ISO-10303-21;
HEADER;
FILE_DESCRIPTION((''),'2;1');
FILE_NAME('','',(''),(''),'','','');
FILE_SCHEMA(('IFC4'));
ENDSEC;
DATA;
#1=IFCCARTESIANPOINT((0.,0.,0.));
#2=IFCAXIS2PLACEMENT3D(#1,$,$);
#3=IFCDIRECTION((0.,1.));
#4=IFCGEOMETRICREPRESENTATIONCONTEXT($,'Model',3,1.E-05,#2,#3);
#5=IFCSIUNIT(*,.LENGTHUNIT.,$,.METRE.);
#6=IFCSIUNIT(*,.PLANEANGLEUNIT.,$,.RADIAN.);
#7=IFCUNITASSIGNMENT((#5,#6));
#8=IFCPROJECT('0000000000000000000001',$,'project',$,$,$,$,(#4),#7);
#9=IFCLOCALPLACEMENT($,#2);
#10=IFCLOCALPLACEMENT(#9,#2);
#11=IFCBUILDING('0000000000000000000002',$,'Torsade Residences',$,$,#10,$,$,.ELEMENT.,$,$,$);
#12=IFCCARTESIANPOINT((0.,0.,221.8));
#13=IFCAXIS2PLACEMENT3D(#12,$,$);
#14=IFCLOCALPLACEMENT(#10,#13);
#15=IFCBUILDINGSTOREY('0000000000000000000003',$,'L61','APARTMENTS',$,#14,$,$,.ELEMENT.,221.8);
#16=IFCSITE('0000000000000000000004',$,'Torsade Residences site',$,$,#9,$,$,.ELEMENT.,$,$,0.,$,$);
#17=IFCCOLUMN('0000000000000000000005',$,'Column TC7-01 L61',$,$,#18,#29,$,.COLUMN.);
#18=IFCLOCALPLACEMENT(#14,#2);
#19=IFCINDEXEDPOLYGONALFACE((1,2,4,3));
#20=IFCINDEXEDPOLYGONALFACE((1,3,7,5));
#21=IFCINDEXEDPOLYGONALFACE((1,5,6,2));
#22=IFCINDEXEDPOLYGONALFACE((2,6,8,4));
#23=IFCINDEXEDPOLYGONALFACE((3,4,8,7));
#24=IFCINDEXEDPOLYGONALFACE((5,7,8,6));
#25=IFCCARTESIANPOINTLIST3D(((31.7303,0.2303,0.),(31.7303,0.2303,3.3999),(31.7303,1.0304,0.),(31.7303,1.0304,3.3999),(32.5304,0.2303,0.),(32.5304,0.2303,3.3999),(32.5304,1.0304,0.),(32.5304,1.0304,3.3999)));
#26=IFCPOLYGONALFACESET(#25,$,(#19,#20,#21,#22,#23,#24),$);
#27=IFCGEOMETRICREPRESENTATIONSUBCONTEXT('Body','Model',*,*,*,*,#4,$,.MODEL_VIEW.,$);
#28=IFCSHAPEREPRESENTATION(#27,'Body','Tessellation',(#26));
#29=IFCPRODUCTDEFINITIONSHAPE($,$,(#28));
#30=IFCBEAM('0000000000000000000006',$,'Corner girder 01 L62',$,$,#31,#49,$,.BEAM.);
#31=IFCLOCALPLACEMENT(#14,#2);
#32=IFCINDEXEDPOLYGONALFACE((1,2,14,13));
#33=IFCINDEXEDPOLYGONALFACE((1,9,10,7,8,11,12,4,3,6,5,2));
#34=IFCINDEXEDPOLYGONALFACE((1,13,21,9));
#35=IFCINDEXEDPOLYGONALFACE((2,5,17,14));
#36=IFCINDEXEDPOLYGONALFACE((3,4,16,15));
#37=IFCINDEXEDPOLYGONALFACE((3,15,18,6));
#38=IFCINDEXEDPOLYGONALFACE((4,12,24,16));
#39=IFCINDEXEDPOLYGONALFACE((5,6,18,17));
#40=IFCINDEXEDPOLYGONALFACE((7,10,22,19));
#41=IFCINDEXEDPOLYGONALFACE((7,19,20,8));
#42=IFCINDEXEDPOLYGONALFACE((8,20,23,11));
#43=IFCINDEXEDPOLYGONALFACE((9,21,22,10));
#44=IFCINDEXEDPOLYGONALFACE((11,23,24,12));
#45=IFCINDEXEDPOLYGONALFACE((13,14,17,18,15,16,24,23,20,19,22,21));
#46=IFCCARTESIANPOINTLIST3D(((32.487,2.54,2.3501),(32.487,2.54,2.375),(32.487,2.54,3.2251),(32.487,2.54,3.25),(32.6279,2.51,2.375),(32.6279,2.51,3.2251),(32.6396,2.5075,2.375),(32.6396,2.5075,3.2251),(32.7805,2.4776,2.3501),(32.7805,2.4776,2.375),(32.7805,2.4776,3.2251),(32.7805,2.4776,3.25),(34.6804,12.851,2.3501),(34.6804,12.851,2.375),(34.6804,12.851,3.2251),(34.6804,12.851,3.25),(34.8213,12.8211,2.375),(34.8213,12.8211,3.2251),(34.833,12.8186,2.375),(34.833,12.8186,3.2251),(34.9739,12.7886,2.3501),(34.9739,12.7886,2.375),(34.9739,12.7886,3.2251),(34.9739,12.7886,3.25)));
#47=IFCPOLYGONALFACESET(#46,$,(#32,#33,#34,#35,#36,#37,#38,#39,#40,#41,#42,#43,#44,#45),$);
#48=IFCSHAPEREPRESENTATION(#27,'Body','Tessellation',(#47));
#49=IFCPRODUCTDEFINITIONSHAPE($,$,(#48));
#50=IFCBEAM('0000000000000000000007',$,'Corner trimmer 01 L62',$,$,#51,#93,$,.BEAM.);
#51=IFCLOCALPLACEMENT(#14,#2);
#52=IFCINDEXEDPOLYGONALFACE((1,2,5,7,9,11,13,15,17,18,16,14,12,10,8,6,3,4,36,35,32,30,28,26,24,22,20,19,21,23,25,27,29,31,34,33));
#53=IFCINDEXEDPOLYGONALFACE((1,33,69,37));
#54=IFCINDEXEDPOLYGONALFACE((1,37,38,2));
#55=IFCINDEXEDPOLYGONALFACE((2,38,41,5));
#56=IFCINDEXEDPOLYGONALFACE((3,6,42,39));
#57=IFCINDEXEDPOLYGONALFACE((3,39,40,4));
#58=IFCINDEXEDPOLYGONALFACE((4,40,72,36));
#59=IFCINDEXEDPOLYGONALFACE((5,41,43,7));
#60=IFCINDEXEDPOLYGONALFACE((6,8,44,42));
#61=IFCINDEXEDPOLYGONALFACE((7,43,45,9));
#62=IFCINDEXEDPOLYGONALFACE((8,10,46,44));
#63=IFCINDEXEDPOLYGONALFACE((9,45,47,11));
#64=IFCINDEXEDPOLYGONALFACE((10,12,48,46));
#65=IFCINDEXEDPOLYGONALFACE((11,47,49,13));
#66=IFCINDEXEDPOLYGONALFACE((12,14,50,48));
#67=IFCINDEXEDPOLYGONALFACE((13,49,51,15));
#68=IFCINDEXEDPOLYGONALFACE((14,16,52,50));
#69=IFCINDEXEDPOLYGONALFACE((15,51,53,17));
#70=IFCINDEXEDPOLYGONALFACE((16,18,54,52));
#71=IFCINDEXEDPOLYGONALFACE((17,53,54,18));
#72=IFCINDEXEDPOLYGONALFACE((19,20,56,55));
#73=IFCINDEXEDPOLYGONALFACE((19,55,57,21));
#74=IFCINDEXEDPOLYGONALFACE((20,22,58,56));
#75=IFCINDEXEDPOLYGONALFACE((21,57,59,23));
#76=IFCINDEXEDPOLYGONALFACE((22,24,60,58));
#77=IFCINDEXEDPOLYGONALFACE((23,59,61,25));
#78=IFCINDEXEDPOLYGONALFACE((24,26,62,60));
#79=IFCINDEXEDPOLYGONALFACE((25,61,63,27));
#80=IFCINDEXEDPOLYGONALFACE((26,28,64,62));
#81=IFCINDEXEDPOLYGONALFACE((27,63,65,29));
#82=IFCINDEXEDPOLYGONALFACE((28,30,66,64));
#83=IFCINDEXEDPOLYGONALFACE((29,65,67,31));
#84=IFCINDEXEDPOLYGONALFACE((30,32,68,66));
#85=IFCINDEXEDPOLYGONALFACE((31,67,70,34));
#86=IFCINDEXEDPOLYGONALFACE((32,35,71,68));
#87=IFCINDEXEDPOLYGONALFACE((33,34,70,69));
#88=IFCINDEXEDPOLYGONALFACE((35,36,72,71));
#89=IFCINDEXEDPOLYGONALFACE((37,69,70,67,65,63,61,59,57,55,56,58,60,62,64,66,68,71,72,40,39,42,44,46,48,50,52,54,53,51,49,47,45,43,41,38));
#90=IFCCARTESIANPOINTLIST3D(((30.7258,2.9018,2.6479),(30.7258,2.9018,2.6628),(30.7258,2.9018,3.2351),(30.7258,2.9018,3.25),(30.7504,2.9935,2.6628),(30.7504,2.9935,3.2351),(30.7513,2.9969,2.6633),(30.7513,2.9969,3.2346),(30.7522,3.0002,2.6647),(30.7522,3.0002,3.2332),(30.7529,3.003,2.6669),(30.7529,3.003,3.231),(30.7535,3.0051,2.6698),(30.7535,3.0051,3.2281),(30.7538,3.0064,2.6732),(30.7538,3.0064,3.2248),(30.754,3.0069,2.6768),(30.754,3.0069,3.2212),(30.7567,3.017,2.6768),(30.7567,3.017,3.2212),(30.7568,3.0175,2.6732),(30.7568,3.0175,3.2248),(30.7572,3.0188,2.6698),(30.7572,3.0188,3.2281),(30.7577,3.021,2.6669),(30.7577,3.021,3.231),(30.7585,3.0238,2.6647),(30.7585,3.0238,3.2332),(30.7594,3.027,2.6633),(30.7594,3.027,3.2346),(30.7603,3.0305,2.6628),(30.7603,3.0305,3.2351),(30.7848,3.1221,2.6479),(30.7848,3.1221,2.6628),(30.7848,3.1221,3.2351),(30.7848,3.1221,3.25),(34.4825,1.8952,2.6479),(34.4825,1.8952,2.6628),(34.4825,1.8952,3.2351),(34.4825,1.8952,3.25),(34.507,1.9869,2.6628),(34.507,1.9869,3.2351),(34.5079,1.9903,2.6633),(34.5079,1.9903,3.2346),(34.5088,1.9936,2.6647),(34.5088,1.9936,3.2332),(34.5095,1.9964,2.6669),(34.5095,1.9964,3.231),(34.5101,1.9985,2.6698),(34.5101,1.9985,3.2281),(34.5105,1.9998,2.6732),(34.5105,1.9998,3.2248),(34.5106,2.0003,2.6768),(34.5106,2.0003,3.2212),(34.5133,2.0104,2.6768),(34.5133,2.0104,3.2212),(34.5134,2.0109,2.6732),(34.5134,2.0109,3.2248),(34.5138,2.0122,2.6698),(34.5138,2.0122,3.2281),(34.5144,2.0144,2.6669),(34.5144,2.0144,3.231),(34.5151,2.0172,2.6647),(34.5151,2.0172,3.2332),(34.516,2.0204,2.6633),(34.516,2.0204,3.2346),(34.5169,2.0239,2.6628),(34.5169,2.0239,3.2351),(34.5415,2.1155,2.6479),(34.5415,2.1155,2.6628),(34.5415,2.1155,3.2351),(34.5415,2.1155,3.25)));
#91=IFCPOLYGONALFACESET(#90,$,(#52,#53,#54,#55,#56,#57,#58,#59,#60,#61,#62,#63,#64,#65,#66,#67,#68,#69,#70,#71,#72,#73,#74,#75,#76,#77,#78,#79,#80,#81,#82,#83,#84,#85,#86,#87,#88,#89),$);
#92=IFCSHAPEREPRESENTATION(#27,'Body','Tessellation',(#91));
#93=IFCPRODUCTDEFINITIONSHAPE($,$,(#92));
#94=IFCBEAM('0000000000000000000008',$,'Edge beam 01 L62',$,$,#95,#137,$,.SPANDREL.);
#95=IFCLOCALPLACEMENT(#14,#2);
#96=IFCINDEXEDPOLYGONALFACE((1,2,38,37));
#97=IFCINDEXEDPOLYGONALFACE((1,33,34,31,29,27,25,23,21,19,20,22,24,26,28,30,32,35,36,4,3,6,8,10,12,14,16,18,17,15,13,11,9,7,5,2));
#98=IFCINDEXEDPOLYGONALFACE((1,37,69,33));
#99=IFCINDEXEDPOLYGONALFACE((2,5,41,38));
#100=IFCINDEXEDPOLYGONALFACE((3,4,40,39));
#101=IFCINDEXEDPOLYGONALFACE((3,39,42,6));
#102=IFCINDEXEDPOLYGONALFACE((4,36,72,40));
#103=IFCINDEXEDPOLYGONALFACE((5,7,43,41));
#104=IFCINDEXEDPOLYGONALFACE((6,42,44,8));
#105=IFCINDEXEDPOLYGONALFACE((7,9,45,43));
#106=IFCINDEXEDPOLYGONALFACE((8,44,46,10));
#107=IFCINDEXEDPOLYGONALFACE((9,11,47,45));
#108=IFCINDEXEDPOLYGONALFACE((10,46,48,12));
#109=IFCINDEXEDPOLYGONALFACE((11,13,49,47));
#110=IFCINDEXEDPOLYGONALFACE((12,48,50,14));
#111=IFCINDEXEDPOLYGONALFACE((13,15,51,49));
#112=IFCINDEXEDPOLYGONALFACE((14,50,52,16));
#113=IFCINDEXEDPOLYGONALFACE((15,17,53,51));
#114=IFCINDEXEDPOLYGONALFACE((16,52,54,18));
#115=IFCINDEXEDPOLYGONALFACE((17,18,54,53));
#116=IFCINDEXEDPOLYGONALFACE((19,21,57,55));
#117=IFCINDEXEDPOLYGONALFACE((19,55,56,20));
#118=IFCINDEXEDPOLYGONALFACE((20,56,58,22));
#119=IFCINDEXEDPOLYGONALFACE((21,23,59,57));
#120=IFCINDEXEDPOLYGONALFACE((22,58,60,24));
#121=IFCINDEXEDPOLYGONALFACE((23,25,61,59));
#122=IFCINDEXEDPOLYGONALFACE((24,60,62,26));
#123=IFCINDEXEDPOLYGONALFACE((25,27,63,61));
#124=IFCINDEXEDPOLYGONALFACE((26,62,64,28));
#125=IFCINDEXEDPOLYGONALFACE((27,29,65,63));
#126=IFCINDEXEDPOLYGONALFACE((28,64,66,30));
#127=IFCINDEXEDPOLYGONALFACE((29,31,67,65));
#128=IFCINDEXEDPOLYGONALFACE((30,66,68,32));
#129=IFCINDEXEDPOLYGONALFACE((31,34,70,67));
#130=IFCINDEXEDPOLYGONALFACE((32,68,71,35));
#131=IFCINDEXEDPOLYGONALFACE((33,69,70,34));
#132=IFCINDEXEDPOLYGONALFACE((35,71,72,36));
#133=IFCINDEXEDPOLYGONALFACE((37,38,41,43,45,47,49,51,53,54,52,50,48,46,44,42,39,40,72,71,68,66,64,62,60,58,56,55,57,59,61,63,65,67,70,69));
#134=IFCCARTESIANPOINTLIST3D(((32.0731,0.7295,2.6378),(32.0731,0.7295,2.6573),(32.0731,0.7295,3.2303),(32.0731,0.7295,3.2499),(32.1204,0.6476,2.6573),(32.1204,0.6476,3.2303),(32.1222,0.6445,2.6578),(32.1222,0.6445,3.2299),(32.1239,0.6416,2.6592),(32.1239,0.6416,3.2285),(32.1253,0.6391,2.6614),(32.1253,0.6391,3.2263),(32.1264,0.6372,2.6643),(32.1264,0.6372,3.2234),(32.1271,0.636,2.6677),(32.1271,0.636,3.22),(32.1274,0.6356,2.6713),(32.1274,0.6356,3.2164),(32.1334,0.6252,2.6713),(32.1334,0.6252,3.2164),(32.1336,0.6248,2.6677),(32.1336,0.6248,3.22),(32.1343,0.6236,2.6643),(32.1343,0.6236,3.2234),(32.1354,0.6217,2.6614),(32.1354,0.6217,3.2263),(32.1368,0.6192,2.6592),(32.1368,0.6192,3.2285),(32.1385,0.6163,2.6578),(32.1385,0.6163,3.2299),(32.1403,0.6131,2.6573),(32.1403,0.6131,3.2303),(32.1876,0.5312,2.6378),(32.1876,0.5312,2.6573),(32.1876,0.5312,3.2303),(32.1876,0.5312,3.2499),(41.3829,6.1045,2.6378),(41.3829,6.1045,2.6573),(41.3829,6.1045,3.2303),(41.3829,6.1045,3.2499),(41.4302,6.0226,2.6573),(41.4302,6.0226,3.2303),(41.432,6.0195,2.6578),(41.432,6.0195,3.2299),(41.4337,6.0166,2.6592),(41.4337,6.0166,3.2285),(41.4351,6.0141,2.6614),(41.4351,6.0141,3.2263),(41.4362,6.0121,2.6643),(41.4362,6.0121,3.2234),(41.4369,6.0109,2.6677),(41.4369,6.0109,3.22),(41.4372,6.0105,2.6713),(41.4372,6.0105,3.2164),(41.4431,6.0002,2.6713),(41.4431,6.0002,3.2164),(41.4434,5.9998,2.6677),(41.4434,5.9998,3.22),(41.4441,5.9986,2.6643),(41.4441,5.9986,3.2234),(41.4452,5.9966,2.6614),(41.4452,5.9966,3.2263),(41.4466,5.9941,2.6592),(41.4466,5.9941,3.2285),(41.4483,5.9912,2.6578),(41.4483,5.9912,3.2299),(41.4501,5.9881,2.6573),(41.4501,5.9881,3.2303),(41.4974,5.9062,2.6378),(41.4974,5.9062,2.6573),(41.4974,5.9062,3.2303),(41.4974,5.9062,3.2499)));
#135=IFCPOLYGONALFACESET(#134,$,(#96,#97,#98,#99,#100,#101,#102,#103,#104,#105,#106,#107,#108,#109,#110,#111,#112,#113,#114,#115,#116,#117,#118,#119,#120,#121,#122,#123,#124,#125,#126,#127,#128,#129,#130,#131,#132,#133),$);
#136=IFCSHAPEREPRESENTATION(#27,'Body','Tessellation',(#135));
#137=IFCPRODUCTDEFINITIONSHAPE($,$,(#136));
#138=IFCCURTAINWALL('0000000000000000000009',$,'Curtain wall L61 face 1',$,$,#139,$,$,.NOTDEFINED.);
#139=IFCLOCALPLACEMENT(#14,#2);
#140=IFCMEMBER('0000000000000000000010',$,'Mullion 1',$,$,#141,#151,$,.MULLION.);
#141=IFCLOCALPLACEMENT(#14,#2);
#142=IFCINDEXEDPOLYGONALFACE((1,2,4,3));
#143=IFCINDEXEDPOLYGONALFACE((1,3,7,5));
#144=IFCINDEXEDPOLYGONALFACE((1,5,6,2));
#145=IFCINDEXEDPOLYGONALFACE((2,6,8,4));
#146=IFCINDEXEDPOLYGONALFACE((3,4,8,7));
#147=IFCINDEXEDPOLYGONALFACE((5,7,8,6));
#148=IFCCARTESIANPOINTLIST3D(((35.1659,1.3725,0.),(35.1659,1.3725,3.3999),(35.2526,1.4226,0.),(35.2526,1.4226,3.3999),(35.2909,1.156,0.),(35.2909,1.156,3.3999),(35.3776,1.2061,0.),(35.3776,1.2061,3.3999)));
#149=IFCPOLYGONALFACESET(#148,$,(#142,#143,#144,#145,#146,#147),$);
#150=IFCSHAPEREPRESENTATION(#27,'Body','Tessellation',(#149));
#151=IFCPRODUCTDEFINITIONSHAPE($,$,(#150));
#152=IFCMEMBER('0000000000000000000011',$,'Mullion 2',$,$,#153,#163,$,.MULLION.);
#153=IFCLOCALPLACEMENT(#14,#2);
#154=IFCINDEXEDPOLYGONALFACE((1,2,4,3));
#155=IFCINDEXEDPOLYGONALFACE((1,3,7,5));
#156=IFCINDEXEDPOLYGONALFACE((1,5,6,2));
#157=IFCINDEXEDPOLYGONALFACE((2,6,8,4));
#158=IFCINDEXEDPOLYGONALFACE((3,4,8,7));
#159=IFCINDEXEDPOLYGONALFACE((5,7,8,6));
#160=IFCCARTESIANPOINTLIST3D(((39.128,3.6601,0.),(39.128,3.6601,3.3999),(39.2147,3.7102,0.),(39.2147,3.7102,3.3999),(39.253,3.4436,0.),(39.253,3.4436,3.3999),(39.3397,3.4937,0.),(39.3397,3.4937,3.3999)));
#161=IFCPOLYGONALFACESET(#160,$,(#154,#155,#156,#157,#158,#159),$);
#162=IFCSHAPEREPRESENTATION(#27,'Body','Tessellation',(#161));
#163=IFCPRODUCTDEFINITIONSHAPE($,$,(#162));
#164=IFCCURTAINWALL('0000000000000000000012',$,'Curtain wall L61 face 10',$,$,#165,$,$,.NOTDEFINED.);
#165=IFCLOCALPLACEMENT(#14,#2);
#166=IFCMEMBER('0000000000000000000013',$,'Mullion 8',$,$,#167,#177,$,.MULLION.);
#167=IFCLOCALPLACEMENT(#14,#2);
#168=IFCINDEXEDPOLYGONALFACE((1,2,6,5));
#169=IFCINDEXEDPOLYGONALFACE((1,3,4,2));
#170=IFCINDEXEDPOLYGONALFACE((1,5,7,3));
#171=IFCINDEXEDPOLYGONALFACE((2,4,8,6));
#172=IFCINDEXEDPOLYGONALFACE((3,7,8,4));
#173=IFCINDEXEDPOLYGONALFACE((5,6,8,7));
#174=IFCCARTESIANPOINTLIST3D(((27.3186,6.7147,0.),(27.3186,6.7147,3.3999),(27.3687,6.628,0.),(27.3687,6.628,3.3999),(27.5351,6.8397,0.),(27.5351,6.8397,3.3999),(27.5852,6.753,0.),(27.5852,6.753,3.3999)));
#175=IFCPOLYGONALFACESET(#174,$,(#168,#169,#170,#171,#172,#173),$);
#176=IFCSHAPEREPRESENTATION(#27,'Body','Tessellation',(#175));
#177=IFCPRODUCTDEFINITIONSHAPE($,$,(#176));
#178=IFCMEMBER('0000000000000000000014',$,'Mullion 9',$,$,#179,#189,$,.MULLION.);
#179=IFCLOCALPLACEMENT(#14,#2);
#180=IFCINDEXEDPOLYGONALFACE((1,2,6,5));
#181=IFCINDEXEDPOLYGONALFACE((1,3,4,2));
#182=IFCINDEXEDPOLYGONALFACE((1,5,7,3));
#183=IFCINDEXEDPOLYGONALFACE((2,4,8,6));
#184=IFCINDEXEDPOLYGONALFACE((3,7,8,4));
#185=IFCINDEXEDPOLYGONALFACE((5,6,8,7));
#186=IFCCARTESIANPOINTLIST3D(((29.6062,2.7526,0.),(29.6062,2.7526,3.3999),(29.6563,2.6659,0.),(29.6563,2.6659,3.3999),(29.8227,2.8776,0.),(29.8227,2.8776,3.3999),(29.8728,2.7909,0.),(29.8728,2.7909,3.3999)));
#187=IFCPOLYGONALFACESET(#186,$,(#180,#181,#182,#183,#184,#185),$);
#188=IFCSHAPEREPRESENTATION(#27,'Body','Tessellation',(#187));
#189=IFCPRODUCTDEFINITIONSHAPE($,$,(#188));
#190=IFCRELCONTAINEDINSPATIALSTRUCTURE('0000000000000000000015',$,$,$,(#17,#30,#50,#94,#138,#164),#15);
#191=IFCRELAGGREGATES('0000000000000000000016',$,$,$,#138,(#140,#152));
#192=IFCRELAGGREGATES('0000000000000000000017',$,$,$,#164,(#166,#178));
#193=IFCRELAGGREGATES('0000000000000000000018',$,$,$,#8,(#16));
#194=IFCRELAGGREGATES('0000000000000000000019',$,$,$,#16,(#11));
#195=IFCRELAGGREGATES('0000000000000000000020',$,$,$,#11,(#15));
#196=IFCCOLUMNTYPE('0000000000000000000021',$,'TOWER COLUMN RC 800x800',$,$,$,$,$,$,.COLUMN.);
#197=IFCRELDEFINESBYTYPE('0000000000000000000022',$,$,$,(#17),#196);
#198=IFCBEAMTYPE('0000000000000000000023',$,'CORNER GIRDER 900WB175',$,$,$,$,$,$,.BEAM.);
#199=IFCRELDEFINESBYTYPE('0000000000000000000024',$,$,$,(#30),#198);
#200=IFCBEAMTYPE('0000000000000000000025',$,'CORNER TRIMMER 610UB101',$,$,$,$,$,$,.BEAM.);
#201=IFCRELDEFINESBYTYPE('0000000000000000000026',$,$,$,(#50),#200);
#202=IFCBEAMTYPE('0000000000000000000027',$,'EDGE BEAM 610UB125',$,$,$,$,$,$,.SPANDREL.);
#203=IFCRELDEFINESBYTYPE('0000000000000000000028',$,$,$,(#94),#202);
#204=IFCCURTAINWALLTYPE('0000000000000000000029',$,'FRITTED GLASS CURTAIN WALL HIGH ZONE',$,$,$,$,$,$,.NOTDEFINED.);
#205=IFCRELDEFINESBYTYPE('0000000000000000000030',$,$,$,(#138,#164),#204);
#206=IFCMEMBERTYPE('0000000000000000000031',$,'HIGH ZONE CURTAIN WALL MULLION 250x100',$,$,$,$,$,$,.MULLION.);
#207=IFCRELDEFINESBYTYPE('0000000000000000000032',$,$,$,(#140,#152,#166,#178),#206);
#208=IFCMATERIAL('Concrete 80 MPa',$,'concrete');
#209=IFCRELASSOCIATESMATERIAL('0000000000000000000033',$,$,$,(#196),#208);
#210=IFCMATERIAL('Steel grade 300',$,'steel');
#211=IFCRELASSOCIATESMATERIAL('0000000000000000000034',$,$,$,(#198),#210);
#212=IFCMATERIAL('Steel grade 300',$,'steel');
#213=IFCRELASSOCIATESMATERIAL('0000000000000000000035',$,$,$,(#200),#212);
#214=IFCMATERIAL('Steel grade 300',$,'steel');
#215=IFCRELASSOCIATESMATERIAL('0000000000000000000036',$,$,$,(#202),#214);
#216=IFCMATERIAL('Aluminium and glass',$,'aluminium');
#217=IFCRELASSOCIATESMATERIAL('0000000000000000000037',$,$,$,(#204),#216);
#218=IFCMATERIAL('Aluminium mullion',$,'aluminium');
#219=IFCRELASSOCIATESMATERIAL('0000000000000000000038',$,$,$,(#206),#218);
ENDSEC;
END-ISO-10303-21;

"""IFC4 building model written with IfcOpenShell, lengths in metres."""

from ifc_helpers import new_model, si_unit, direction, frame, origin, origin_2d, place, context, subcontext, project, spatial, rectangle, i_section, extrude, material, material_profile, profile_set, type_object, element, aggregate, save


model = new_model("IFC4")

# Units and contexts
model_context = context("Model", 3, precision=1e-05, world=origin(), true_north=direction((0.0, 1.0)))
body_context = subcontext(model_context, "Body", "Model", "MODEL_VIEW")
ifc_project = project(units=[si_unit("LENGTHUNIT", "METRE"), si_unit("PLANEANGLEUNIT", "RADIAN")], contexts=[model_context])

# Site, building, storey
site_placement = place(None, origin())
site = spatial("IfcSite", under=ifc_project, at=site_placement, Name="Torsade Residences site", CompositionType="ELEMENT", RefElevation=0.0)
building_placement = place(site_placement, origin())
building = spatial("IfcBuilding", under=site, at=building_placement, Name="Torsade Residences", CompositionType="ELEMENT")
storey_placement = place(building_placement, frame((0.0, 0.0, 221.8)))
storey = spatial("IfcBuildingStorey", under=building, at=storey_placement, Name="L61", Description="APARTMENTS", CompositionType="ELEMENT", Elevation=221.8)

# Column
ifc_material_1 = material(Name="Concrete 80 MPa", Category="concrete")
ifc_material_profile_1 = material_profile(ifc_material_1, rectangle(XDim=0.8, YDim=0.8, at=origin_2d()), Name="RC 800x800")
ifc_profile_set_1 = profile_set([ifc_material_profile_1], Name="Concrete 80 MPa")
column_type = type_object("IfcColumnType", Name="TOWER COLUMN RC 800x800", PredefinedType="COLUMN", material=ifc_profile_set_1)
column_placement = place(storey_placement, frame((32.1304, 0.6304, 0.0), z_axis=(0.0, 0.0, 1.0), x_axis=(1.0, 0.0, 0.0)))
element("IfcColumn", 1, at=column_placement, inside=storey, type_object=column_type, Name="Column TC7-01 L61", PredefinedType="COLUMN", context=body_context, shape_type="SweptSolid", body=[
    extrude(rectangle(XDim=0.8, YDim=0.8, at=origin_2d()), origin(), (0.0, 0.0, 1.0), 3.3999),
])

# Beams
ifc_material_2 = material(Name="Steel grade 300", Category="steel")
ifc_material_profile_2 = material_profile(ifc_material_2, i_section(OverallWidth=0.3, OverallDepth=0.8999, WebThickness=0.012, FlangeThickness=0.0249, at=origin_2d()), Name="900WB175")
ifc_profile_set_2 = profile_set([ifc_material_profile_2], Name="Steel grade 300")
beam_type_1 = type_object("IfcBeamType", Name="CORNER GIRDER 900WB175", PredefinedType="BEAM", material=ifc_profile_set_2)
beam_1_placement = place(storey_placement, frame((32.6338, 2.5088, 2.8), z_axis=(0.208064, 0.978115, 0.0), x_axis=(-0.978115, 0.208064, 0.0)))
element("IfcBeam", 2, at=beam_1_placement, inside=storey, type_object=beam_type_1, Name="Corner girder 01 L62", PredefinedType="BEAM", context=body_context, shape_type="SweptSolid", body=[
    extrude(i_section(OverallWidth=0.3, OverallDepth=0.8999, WebThickness=0.012, FlangeThickness=0.0249, at=origin_2d()), origin(), (0.0, 0.0, 1.0), 10.5417),
])
ifc_material_3 = material(Name="Steel grade 300", Category="steel")
ifc_material_profile_3 = material_profile(ifc_material_3, i_section(OverallWidth=0.228, OverallDepth=0.6021, WebThickness=0.0105, FlangeThickness=0.0149, FilletRadius=0.0139, at=origin_2d()), Name="610UB101")
ifc_profile_set_3 = profile_set([ifc_material_profile_3], Name="Steel grade 300")
beam_type_2 = type_object("IfcBeamType", Name="CORNER TRIMMER 610UB101", PredefinedType="BEAM", material=ifc_profile_set_3)
beam_2_placement = place(storey_placement, frame((34.512, 2.0054, 2.949), z_axis=(-0.965925, 0.258823, 0.0), x_axis=(-0.258823, -0.965925, 0.0)))
element("IfcBeam", 3, at=beam_2_placement, inside=storey, type_object=beam_type_2, Name="Corner trimmer 01 L62", PredefinedType="BEAM", context=body_context, shape_type="SweptSolid", body=[
    extrude(i_section(OverallWidth=0.228, OverallDepth=0.6021, WebThickness=0.0105, FlangeThickness=0.0149, FilletRadius=0.0139, at=origin_2d()), origin(), (0.0, 0.0, 1.0), 3.8892),
])
ifc_material_4 = material(Name="Steel grade 300", Category="steel")
ifc_material_profile_4 = material_profile(ifc_material_4, i_section(OverallWidth=0.229, OverallDepth=0.6121, WebThickness=0.012, FlangeThickness=0.0195, FilletRadius=0.0139, at=origin_2d()), Name="610UB125")
ifc_profile_set_4 = profile_set([ifc_material_profile_4], Name="Steel grade 300")
beam_type_3 = type_object("IfcBeamType", Name="EDGE BEAM 610UB125", PredefinedType="SPANDREL", material=ifc_profile_set_4)
beam_3_placement = place(storey_placement, frame((32.1304, 0.6304, 2.9438), z_axis=(0.866026, 0.499998, 0.0), x_axis=(-0.499998, 0.866026, 0.0)))
element("IfcBeam", 4, at=beam_3_placement, inside=storey, type_object=beam_type_3, Name="Edge beam 01 L62", PredefinedType="SPANDREL", context=body_context, shape_type="SweptSolid", body=[
    extrude(i_section(OverallWidth=0.229, OverallDepth=0.6121, WebThickness=0.012, FlangeThickness=0.0195, FilletRadius=0.0139, at=origin_2d()), origin(), (0.0, 0.0, 1.0), 10.75),
])

# Curtain walls, members
ifc_material_5 = material(Name="Aluminium and glass", Category="aluminium")
curtain_wall_type = type_object("IfcCurtainWallType", Name="FRITTED GLASS CURTAIN WALL HIGH ZONE", PredefinedType="NOTDEFINED", material=ifc_material_5)
curtain_wall_1_placement = place(storey_placement, origin())
curtain_wall_1 = element("IfcCurtainWall", 5, at=curtain_wall_1_placement, inside=storey, type_object=curtain_wall_type, Name="Curtain wall L61 face 1", PredefinedType="NOTDEFINED")
ifc_material_6 = material(Name="Aluminium mullion", Category="aluminium")
ifc_material_profile_5 = material_profile(ifc_material_6, rectangle(XDim=0.25, YDim=0.1001, at=origin_2d()), Name="HIGH ZONE CURTAIN WALL MULLION 250x100")
ifc_profile_set_5 = profile_set([ifc_material_profile_5], Name="Aluminium mullion")
member_type_1 = type_object("IfcMemberType", Name="HIGH ZONE CURTAIN WALL MULLION 250x100", PredefinedType="MULLION", material=ifc_profile_set_5)
member_1_placement = place(storey_placement, frame((35.2717, 1.2893, 0.0), z_axis=(0.0, 0.0, 1.0), x_axis=(-0.5, 0.866025, 0.0)))
member_1 = element("IfcMember", 6, at=member_1_placement, type_object=member_type_1, Name="Mullion 1", PredefinedType="MULLION", context=body_context, shape_type="SweptSolid", body=[
    extrude(rectangle(XDim=0.25, YDim=0.1001, at=origin_2d()), origin(), (0.0, 0.0, 1.0), 3.3999),
])
member_2_placement = place(storey_placement, frame((39.2339, 3.5769, 0.0), z_axis=(0.0, 0.0, 1.0), x_axis=(-0.5, 0.866025, 0.0)))
member_2 = element("IfcMember", 7, at=member_2_placement, type_object=member_type_1, Name="Mullion 2", PredefinedType="MULLION", context=body_context, shape_type="SweptSolid", body=[
    extrude(rectangle(XDim=0.25, YDim=0.1001, at=origin_2d()), origin(), (0.0, 0.0, 1.0), 3.3999),
])
curtain_wall_2_placement = place(storey_placement, origin())
curtain_wall_2 = element("IfcCurtainWall", 8, at=curtain_wall_2_placement, inside=storey, type_object=curtain_wall_type, Name="Curtain wall L61 face 10", PredefinedType="NOTDEFINED")
member_3_placement = place(storey_placement, frame((27.4519, 6.7339, 0.0), z_axis=(0.0, 0.0, 1.0), x_axis=(0.866025, 0.5, 0.0)))
member_3 = element("IfcMember", 9, at=member_3_placement, type_object=member_type_1, Name="Mullion 8", PredefinedType="MULLION", context=body_context, shape_type="SweptSolid", body=[
    extrude(rectangle(XDim=0.25, YDim=0.1001, at=origin_2d()), origin(), (0.0, 0.0, 1.0), 3.3999),
])
member_4_placement = place(storey_placement, frame((29.7395, 2.7717, 0.0), z_axis=(0.0, 0.0, 1.0), x_axis=(0.866025, 0.5, 0.0)))
member_4 = element("IfcMember", 10, at=member_4_placement, type_object=member_type_1, Name="Mullion 9", PredefinedType="MULLION", context=body_context, shape_type="SweptSolid", body=[
    extrude(rectangle(XDim=0.25, YDim=0.1001, at=origin_2d()), origin(), (0.0, 0.0, 1.0), 3.3999),
])

aggregate(curtain_wall_1, [member_1, member_2])
aggregate(curtain_wall_2, [member_3, member_4])

save(model, "model.ifc")
